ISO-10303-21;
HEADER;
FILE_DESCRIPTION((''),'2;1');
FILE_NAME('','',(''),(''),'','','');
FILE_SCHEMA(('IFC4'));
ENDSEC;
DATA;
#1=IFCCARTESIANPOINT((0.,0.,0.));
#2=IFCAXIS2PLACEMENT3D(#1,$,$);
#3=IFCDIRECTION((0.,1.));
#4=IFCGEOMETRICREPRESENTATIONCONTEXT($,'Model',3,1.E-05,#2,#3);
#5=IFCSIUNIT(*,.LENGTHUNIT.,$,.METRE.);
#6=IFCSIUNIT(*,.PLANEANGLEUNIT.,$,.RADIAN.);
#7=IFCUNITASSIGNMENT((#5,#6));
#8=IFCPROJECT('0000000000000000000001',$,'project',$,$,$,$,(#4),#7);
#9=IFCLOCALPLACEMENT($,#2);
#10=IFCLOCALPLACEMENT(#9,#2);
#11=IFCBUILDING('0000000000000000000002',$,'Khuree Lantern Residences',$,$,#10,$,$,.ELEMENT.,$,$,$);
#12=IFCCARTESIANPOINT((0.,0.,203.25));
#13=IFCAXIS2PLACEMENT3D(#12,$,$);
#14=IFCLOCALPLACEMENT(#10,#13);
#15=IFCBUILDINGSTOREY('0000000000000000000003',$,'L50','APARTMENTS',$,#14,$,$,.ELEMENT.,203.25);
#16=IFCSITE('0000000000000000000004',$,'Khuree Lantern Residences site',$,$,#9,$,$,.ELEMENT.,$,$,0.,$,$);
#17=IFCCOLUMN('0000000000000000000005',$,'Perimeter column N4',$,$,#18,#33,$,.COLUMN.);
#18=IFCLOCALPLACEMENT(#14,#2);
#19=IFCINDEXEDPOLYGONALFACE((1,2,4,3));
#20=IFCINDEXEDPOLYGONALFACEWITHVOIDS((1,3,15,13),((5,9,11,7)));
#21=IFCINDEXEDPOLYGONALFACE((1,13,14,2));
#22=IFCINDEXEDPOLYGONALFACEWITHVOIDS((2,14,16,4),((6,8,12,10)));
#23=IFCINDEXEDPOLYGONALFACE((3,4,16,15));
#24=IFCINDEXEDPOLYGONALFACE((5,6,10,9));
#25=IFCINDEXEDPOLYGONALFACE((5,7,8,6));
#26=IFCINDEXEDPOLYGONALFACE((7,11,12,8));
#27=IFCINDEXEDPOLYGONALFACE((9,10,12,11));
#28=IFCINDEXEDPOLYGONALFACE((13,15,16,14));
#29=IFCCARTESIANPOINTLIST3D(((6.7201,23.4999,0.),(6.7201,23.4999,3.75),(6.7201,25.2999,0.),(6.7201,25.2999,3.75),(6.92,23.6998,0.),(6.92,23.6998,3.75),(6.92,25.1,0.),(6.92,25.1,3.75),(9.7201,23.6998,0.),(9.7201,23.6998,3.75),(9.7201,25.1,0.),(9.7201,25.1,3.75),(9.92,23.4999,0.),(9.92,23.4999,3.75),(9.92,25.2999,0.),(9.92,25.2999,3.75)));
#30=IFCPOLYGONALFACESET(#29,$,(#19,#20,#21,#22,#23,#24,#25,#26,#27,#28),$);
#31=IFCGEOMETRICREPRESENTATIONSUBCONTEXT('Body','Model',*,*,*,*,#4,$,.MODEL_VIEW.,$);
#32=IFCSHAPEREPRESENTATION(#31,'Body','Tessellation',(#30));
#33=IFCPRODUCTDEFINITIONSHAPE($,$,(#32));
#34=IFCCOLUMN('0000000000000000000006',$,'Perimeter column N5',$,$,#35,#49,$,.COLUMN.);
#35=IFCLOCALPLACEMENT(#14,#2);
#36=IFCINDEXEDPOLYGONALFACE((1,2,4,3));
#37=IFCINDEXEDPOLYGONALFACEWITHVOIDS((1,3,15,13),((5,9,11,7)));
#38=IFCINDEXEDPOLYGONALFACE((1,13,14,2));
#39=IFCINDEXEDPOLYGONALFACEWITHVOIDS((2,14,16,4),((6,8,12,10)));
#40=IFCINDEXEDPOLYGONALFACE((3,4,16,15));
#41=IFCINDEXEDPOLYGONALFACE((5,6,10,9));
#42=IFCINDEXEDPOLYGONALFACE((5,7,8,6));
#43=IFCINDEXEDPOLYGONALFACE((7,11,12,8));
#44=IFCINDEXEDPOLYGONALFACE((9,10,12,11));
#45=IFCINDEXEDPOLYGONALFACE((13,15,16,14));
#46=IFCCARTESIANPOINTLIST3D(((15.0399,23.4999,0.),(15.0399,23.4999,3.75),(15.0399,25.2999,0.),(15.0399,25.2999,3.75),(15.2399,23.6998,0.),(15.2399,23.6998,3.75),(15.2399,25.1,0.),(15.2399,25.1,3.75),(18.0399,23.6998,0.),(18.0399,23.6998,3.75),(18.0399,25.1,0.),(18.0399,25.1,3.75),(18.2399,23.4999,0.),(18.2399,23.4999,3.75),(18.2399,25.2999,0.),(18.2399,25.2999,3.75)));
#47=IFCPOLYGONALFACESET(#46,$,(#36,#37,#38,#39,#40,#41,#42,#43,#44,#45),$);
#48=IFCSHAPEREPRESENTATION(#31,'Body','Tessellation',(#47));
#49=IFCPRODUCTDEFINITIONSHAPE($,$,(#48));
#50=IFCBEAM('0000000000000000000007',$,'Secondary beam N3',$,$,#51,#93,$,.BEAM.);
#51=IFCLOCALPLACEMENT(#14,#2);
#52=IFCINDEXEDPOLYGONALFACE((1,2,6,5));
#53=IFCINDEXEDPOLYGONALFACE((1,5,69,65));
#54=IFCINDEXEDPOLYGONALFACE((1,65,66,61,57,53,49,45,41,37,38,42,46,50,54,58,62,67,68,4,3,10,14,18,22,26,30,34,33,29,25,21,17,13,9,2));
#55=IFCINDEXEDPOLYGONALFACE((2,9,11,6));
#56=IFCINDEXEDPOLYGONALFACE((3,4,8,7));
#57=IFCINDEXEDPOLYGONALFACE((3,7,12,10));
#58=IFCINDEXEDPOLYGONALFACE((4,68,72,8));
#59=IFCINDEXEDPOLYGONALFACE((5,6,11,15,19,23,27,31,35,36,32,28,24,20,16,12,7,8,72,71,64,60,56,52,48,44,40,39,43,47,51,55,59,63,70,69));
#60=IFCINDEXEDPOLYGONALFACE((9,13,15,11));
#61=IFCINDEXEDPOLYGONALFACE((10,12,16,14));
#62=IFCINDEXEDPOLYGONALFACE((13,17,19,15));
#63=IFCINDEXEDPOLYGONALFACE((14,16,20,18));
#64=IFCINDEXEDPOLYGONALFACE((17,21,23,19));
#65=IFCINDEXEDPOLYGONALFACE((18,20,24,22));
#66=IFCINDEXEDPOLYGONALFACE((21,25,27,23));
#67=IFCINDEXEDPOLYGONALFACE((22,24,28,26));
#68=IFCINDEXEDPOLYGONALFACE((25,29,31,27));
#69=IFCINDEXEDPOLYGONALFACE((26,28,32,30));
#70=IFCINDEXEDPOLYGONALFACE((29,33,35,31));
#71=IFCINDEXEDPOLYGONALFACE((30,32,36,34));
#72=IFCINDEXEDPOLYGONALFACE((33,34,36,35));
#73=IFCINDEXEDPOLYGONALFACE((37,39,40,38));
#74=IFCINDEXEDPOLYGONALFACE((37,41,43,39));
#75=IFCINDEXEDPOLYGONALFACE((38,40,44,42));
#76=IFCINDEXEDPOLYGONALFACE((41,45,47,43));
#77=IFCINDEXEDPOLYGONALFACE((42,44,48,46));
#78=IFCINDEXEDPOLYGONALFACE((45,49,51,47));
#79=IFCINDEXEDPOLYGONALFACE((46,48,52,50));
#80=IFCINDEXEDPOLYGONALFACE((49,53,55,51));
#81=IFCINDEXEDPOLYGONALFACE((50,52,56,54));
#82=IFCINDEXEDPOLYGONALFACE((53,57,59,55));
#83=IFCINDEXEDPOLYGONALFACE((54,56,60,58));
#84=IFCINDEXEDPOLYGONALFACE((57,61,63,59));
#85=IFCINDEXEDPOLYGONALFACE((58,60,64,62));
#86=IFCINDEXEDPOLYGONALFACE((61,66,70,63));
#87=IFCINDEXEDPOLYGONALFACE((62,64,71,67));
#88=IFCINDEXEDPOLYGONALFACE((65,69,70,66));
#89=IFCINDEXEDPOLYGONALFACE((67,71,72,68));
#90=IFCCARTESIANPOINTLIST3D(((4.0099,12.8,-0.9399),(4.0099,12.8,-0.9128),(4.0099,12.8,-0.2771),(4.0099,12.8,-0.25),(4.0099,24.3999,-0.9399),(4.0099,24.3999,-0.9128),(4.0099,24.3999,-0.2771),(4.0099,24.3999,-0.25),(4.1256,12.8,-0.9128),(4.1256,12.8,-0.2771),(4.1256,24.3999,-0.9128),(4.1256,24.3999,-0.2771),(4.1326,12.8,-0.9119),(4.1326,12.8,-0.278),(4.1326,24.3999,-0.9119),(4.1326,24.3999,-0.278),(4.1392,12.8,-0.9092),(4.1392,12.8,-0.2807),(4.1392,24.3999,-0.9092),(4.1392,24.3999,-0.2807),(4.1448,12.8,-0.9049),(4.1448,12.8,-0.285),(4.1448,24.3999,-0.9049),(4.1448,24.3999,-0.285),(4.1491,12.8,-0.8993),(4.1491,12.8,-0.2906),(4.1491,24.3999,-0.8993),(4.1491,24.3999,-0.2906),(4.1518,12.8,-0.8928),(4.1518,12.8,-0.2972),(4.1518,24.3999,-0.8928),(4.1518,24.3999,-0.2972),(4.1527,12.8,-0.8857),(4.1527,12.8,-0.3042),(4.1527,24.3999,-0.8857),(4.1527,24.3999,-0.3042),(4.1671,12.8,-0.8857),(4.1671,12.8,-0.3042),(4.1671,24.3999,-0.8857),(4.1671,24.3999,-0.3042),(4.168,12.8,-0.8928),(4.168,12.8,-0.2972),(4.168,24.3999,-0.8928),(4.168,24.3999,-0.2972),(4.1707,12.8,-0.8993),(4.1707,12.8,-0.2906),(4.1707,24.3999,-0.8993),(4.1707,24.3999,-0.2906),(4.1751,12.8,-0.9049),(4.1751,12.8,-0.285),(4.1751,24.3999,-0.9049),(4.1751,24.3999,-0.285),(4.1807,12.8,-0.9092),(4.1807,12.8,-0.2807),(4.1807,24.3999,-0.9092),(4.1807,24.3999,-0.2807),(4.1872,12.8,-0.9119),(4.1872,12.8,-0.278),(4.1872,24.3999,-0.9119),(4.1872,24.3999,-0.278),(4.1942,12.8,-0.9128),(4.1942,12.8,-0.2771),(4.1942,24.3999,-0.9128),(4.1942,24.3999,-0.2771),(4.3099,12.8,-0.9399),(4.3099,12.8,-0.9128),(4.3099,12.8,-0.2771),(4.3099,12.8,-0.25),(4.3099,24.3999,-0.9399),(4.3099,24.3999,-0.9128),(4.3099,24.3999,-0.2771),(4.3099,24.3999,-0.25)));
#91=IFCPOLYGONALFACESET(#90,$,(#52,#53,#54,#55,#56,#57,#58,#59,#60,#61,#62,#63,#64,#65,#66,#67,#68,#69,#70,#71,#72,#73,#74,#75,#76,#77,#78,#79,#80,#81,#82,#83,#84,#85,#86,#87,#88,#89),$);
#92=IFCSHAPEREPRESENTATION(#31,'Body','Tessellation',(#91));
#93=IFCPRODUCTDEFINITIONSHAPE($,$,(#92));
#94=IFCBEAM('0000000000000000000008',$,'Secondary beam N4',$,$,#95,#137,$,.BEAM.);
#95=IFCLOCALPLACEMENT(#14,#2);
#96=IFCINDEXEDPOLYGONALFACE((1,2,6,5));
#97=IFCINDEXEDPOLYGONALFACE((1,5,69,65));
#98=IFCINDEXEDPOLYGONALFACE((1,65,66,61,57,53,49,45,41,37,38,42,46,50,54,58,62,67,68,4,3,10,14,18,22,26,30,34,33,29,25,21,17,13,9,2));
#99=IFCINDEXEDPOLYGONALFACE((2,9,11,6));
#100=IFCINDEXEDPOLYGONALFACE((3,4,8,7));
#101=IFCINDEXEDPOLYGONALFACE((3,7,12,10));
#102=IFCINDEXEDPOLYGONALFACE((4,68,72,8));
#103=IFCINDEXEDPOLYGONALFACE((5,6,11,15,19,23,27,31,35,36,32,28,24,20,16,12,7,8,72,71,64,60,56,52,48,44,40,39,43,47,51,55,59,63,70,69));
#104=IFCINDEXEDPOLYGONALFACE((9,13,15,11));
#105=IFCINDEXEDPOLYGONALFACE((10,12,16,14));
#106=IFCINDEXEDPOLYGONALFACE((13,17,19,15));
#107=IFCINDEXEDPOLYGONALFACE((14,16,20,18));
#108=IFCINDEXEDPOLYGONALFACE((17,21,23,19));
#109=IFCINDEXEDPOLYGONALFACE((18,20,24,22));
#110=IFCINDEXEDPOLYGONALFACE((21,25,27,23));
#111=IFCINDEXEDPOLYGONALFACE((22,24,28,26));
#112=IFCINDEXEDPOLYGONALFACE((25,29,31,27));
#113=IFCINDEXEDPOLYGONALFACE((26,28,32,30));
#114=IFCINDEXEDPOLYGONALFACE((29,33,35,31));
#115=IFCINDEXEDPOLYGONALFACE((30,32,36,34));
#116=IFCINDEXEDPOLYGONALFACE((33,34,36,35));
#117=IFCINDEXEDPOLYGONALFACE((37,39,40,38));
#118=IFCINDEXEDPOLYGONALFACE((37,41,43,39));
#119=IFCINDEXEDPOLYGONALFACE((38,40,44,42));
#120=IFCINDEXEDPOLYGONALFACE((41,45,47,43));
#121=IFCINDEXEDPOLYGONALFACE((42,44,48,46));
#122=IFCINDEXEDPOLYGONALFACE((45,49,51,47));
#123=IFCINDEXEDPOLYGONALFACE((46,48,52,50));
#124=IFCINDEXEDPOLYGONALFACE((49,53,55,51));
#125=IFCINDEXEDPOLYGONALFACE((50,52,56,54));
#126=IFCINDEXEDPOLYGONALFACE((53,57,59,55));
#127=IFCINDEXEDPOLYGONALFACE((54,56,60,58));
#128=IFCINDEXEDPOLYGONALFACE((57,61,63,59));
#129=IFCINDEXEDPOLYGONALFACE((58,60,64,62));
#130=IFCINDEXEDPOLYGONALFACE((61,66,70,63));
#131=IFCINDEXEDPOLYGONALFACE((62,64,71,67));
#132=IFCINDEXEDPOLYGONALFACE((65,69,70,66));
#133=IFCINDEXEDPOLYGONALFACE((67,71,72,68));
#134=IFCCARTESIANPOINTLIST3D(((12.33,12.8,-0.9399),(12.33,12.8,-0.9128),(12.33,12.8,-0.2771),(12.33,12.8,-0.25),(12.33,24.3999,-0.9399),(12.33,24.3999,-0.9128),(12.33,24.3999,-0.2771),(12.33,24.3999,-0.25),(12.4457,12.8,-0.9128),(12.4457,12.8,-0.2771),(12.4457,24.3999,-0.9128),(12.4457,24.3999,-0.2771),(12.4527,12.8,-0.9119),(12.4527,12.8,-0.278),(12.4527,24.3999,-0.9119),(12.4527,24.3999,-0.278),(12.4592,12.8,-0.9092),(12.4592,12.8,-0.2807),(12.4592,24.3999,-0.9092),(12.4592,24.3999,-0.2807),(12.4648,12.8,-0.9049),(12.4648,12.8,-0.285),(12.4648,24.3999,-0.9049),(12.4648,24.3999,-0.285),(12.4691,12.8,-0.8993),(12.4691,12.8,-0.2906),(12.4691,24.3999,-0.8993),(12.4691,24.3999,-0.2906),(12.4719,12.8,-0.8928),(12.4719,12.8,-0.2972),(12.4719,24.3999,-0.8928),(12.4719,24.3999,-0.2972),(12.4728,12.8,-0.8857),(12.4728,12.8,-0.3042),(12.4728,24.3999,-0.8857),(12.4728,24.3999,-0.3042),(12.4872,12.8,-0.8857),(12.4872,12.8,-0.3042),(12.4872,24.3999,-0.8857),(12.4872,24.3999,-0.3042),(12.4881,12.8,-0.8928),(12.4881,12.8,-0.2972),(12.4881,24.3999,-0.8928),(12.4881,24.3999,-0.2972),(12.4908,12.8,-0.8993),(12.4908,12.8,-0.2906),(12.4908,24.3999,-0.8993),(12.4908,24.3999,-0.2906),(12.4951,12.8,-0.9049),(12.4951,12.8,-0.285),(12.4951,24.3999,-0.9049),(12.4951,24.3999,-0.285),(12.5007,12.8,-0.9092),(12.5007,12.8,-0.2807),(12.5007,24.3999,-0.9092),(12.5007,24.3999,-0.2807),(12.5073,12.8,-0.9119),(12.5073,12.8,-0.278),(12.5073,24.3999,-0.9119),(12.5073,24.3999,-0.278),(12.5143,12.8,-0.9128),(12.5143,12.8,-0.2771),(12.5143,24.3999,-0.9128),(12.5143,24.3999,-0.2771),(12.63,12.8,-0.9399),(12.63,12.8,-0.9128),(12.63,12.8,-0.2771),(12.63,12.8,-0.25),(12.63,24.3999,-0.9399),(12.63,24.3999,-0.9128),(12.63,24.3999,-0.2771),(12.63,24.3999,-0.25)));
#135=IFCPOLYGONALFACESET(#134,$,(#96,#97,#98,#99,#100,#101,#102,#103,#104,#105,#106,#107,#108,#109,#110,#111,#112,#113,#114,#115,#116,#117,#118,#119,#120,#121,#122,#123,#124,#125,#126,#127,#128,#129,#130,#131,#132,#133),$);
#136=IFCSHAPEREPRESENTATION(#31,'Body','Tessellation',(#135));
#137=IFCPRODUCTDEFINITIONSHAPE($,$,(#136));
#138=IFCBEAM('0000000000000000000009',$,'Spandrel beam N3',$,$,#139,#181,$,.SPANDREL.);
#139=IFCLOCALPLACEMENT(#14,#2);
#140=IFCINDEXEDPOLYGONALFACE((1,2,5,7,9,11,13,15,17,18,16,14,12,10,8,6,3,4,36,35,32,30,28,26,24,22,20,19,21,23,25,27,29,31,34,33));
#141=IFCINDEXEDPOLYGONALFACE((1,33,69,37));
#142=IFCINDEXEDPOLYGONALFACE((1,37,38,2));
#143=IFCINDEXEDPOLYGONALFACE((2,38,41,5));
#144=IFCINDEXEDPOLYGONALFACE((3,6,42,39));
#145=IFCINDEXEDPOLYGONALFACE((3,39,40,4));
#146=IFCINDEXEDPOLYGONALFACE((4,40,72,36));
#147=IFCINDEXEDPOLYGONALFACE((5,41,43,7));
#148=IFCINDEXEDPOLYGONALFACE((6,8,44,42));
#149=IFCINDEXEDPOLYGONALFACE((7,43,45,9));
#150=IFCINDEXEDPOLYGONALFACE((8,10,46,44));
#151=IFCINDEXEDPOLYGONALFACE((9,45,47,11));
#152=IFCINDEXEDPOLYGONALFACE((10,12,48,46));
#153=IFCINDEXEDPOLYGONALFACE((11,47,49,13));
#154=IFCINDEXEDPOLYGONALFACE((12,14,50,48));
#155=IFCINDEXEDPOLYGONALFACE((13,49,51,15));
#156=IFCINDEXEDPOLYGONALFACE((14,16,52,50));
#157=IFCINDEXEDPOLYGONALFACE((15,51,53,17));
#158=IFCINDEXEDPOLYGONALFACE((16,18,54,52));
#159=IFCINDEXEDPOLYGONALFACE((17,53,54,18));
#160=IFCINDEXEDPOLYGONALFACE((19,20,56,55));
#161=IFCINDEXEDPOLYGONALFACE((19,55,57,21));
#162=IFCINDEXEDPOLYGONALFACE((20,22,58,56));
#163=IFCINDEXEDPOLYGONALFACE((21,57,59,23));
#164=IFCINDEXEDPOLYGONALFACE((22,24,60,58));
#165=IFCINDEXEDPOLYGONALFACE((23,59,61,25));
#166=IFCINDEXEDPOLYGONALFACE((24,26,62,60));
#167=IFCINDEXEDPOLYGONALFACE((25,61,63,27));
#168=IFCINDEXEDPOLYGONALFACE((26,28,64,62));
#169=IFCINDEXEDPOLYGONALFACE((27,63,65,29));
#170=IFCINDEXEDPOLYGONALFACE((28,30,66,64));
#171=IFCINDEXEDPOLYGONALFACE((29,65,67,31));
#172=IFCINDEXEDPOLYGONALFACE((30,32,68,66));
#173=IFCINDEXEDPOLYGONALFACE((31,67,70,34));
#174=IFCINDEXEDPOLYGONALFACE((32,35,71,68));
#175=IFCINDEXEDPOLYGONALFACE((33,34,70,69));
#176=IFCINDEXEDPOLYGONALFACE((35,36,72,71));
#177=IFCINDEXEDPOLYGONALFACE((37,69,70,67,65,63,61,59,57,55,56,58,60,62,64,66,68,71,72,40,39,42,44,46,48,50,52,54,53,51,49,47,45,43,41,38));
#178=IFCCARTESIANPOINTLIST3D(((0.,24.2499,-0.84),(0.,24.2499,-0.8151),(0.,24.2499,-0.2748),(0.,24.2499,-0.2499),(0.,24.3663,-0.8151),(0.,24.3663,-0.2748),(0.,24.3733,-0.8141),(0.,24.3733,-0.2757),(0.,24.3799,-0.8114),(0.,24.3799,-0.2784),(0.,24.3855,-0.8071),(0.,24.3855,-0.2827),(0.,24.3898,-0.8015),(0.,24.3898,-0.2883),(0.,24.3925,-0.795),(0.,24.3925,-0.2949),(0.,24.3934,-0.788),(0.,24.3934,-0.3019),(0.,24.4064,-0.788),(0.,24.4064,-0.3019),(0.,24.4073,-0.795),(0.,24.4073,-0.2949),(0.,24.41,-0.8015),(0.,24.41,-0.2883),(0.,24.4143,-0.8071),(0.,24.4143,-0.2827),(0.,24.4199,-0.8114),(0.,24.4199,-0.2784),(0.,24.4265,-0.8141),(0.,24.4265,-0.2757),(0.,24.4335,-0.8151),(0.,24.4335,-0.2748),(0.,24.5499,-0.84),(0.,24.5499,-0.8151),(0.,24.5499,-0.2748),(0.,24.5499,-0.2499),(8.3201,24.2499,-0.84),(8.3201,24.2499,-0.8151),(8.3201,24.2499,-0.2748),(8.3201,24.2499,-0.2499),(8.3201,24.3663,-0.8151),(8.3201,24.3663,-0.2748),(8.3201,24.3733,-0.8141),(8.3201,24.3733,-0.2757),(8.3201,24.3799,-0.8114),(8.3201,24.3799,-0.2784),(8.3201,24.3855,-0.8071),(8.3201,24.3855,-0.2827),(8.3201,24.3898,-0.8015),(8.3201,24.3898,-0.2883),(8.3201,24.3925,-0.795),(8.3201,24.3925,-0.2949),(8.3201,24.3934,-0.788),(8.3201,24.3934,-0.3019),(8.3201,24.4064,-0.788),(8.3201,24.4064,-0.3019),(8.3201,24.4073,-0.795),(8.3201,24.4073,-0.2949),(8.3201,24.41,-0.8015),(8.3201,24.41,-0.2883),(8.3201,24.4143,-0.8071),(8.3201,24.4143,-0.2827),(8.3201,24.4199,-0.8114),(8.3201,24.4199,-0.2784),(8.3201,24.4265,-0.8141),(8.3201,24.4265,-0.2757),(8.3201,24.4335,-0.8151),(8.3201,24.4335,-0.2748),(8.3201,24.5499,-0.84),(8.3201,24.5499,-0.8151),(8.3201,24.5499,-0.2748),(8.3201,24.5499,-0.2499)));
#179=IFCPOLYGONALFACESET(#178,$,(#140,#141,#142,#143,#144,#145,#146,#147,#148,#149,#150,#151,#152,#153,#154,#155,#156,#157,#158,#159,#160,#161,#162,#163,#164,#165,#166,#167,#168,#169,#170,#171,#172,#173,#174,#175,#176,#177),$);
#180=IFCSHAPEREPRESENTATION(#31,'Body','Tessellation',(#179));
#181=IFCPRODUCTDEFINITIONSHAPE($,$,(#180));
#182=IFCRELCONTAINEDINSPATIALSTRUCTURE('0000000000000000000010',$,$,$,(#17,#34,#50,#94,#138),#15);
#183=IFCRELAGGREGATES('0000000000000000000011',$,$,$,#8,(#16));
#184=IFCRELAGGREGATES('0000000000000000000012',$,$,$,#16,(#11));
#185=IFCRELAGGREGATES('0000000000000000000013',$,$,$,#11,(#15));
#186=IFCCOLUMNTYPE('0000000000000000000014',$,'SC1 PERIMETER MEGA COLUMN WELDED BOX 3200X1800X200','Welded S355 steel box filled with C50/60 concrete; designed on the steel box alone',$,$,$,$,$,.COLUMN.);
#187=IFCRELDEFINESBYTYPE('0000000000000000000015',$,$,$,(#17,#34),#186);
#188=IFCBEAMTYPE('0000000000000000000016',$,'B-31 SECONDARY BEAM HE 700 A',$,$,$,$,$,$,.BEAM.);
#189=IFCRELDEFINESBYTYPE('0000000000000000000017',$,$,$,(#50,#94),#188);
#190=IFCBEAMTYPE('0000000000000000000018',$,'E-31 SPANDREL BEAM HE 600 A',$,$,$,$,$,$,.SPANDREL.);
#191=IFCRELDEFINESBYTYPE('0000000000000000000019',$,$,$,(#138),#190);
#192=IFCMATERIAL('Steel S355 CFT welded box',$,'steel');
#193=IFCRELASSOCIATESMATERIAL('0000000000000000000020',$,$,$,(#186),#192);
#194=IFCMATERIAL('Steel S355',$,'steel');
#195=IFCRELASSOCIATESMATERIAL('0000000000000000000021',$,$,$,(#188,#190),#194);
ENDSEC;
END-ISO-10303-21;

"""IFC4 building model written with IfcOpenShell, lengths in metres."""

from ifc_helpers import new_model, si_unit, direction, frame, origin, origin_2d, place, context, subcontext, project, spatial, hollow_rectangle, i_section, extrude, material, material_profile, profile_set, type_object, element, save


model = new_model("IFC4")

# Units and contexts
model_context = context("Model", 3, precision=1e-05, world=origin(), true_north=direction((0.0, 1.0)))
body_context = subcontext(model_context, "Body", "Model", "MODEL_VIEW")
ifc_project = project(units=[si_unit("LENGTHUNIT", "METRE"), si_unit("PLANEANGLEUNIT", "RADIAN")], contexts=[model_context])

# Site, building, storey
site_placement = place(None, origin())
site = spatial("IfcSite", under=ifc_project, at=site_placement, Name="Khuree Lantern Residences site", CompositionType="ELEMENT", RefElevation=0.0)
building_placement = place(site_placement, origin())
building = spatial("IfcBuilding", under=site, at=building_placement, Name="Khuree Lantern Residences", CompositionType="ELEMENT")
storey_placement = place(building_placement, frame((0.0, 0.0, 203.25)))
storey = spatial("IfcBuildingStorey", under=building, at=storey_placement, Name="L50", Description="APARTMENTS", CompositionType="ELEMENT", Elevation=203.25)

# Columns
ifc_material_1 = material(Name="Steel S355 CFT welded box", Category="steel")
ifc_material_profile_1 = material_profile(ifc_material_1, hollow_rectangle(XDim=3.2, YDim=1.8, WallThickness=0.2, at=origin_2d()), Name="WELDED BOX 3200X1800X200")
ifc_profile_set_1 = profile_set([ifc_material_profile_1], Name="Steel S355 CFT welded box")
column_type = type_object("IfcColumnType", Name="SC1 PERIMETER MEGA COLUMN WELDED BOX 3200X1800X200", Description="Welded S355 steel box filled with C50/60 concrete; designed on the steel box alone", PredefinedType="COLUMN", material=ifc_profile_set_1)
for number, where, z_axis, x_axis, name in (
    (1, (8.3201, 24.3999, 0.0), (0.0, 0.0, 1.0), (1.0, 0.0, 0.0), "Perimeter column N4"),
    (2, (16.6399, 24.3999, 0.0), (0.0, 0.0, 1.0), (1.0, 0.0, 0.0), "Perimeter column N5"),
):
    element("IfcColumn", number, at=place(storey_placement, frame(where, z_axis=z_axis, x_axis=x_axis)), inside=storey, type_object=column_type, Name=name, PredefinedType="COLUMN", context=body_context, shape_type="SweptSolid", body=[
        extrude(hollow_rectangle(XDim=3.2, YDim=1.8, WallThickness=0.2, at=origin_2d()), origin(), (0.0, 0.0, 1.0), 3.75),
    ])

# Beams
ifc_material_2 = material(Name="Steel S355", Category="steel")
ifc_material_profile_2 = material_profile(ifc_material_2, i_section(OverallWidth=0.3, OverallDepth=0.6899, WebThickness=0.0144, FlangeThickness=0.0271, FilletRadius=0.0271, at=origin_2d()), Name="HE 700 A")
ifc_profile_set_2 = profile_set([ifc_material_profile_2], Name="Steel S355")
beam_type_1 = type_object("IfcBeamType", Name="B-31 SECONDARY BEAM HE 700 A", PredefinedType="BEAM", material=ifc_profile_set_2)
for number, where, z_axis, x_axis, name in (
    (3, (4.1599, 24.3999, -0.595), (0.0, -1.0, 0.0), (1.0, 0.0, 0.0), "Secondary beam N3"),
    (4, (12.48, 24.3999, -0.595), (0.0, -1.0, 0.0), (1.0, 0.0, 0.0), "Secondary beam N4"),
):
    element("IfcBeam", number, at=place(storey_placement, frame(where, z_axis=z_axis, x_axis=x_axis)), inside=storey, type_object=beam_type_1, Name=name, PredefinedType="BEAM", context=body_context, shape_type="SweptSolid", body=[
        extrude(i_section(OverallWidth=0.3, OverallDepth=0.6899, WebThickness=0.0144, FlangeThickness=0.0271, FilletRadius=0.0271, at=origin_2d()), origin(), (0.0, 0.0, 1.0), 11.5999),
    ])
ifc_material_profile_3 = material_profile(ifc_material_2, i_section(OverallWidth=0.3, OverallDepth=0.5901, WebThickness=0.0129, FlangeThickness=0.0249, FilletRadius=0.0271, at=origin_2d()), Name="HE 600 A")
ifc_profile_set_3 = profile_set([ifc_material_profile_3], Name="Steel S355")
beam_type_2 = type_object("IfcBeamType", Name="E-31 SPANDREL BEAM HE 600 A", PredefinedType="SPANDREL", material=ifc_profile_set_3)
beam_1_placement = place(storey_placement, frame((0.0, 24.3999, -0.5449), z_axis=(1.0, 0.0, 0.0), x_axis=(0.0, 1.0, 0.0)))
element("IfcBeam", 5, at=beam_1_placement, inside=storey, type_object=beam_type_2, Name="Spandrel beam N3", PredefinedType="SPANDREL", context=body_context, shape_type="SweptSolid", body=[
    extrude(i_section(OverallWidth=0.3, OverallDepth=0.5901, WebThickness=0.0129, FlangeThickness=0.0249, FilletRadius=0.0271, at=origin_2d()), origin(), (0.0, 0.0, 1.0), 8.3201),
])

save(model, "model.ifc")
